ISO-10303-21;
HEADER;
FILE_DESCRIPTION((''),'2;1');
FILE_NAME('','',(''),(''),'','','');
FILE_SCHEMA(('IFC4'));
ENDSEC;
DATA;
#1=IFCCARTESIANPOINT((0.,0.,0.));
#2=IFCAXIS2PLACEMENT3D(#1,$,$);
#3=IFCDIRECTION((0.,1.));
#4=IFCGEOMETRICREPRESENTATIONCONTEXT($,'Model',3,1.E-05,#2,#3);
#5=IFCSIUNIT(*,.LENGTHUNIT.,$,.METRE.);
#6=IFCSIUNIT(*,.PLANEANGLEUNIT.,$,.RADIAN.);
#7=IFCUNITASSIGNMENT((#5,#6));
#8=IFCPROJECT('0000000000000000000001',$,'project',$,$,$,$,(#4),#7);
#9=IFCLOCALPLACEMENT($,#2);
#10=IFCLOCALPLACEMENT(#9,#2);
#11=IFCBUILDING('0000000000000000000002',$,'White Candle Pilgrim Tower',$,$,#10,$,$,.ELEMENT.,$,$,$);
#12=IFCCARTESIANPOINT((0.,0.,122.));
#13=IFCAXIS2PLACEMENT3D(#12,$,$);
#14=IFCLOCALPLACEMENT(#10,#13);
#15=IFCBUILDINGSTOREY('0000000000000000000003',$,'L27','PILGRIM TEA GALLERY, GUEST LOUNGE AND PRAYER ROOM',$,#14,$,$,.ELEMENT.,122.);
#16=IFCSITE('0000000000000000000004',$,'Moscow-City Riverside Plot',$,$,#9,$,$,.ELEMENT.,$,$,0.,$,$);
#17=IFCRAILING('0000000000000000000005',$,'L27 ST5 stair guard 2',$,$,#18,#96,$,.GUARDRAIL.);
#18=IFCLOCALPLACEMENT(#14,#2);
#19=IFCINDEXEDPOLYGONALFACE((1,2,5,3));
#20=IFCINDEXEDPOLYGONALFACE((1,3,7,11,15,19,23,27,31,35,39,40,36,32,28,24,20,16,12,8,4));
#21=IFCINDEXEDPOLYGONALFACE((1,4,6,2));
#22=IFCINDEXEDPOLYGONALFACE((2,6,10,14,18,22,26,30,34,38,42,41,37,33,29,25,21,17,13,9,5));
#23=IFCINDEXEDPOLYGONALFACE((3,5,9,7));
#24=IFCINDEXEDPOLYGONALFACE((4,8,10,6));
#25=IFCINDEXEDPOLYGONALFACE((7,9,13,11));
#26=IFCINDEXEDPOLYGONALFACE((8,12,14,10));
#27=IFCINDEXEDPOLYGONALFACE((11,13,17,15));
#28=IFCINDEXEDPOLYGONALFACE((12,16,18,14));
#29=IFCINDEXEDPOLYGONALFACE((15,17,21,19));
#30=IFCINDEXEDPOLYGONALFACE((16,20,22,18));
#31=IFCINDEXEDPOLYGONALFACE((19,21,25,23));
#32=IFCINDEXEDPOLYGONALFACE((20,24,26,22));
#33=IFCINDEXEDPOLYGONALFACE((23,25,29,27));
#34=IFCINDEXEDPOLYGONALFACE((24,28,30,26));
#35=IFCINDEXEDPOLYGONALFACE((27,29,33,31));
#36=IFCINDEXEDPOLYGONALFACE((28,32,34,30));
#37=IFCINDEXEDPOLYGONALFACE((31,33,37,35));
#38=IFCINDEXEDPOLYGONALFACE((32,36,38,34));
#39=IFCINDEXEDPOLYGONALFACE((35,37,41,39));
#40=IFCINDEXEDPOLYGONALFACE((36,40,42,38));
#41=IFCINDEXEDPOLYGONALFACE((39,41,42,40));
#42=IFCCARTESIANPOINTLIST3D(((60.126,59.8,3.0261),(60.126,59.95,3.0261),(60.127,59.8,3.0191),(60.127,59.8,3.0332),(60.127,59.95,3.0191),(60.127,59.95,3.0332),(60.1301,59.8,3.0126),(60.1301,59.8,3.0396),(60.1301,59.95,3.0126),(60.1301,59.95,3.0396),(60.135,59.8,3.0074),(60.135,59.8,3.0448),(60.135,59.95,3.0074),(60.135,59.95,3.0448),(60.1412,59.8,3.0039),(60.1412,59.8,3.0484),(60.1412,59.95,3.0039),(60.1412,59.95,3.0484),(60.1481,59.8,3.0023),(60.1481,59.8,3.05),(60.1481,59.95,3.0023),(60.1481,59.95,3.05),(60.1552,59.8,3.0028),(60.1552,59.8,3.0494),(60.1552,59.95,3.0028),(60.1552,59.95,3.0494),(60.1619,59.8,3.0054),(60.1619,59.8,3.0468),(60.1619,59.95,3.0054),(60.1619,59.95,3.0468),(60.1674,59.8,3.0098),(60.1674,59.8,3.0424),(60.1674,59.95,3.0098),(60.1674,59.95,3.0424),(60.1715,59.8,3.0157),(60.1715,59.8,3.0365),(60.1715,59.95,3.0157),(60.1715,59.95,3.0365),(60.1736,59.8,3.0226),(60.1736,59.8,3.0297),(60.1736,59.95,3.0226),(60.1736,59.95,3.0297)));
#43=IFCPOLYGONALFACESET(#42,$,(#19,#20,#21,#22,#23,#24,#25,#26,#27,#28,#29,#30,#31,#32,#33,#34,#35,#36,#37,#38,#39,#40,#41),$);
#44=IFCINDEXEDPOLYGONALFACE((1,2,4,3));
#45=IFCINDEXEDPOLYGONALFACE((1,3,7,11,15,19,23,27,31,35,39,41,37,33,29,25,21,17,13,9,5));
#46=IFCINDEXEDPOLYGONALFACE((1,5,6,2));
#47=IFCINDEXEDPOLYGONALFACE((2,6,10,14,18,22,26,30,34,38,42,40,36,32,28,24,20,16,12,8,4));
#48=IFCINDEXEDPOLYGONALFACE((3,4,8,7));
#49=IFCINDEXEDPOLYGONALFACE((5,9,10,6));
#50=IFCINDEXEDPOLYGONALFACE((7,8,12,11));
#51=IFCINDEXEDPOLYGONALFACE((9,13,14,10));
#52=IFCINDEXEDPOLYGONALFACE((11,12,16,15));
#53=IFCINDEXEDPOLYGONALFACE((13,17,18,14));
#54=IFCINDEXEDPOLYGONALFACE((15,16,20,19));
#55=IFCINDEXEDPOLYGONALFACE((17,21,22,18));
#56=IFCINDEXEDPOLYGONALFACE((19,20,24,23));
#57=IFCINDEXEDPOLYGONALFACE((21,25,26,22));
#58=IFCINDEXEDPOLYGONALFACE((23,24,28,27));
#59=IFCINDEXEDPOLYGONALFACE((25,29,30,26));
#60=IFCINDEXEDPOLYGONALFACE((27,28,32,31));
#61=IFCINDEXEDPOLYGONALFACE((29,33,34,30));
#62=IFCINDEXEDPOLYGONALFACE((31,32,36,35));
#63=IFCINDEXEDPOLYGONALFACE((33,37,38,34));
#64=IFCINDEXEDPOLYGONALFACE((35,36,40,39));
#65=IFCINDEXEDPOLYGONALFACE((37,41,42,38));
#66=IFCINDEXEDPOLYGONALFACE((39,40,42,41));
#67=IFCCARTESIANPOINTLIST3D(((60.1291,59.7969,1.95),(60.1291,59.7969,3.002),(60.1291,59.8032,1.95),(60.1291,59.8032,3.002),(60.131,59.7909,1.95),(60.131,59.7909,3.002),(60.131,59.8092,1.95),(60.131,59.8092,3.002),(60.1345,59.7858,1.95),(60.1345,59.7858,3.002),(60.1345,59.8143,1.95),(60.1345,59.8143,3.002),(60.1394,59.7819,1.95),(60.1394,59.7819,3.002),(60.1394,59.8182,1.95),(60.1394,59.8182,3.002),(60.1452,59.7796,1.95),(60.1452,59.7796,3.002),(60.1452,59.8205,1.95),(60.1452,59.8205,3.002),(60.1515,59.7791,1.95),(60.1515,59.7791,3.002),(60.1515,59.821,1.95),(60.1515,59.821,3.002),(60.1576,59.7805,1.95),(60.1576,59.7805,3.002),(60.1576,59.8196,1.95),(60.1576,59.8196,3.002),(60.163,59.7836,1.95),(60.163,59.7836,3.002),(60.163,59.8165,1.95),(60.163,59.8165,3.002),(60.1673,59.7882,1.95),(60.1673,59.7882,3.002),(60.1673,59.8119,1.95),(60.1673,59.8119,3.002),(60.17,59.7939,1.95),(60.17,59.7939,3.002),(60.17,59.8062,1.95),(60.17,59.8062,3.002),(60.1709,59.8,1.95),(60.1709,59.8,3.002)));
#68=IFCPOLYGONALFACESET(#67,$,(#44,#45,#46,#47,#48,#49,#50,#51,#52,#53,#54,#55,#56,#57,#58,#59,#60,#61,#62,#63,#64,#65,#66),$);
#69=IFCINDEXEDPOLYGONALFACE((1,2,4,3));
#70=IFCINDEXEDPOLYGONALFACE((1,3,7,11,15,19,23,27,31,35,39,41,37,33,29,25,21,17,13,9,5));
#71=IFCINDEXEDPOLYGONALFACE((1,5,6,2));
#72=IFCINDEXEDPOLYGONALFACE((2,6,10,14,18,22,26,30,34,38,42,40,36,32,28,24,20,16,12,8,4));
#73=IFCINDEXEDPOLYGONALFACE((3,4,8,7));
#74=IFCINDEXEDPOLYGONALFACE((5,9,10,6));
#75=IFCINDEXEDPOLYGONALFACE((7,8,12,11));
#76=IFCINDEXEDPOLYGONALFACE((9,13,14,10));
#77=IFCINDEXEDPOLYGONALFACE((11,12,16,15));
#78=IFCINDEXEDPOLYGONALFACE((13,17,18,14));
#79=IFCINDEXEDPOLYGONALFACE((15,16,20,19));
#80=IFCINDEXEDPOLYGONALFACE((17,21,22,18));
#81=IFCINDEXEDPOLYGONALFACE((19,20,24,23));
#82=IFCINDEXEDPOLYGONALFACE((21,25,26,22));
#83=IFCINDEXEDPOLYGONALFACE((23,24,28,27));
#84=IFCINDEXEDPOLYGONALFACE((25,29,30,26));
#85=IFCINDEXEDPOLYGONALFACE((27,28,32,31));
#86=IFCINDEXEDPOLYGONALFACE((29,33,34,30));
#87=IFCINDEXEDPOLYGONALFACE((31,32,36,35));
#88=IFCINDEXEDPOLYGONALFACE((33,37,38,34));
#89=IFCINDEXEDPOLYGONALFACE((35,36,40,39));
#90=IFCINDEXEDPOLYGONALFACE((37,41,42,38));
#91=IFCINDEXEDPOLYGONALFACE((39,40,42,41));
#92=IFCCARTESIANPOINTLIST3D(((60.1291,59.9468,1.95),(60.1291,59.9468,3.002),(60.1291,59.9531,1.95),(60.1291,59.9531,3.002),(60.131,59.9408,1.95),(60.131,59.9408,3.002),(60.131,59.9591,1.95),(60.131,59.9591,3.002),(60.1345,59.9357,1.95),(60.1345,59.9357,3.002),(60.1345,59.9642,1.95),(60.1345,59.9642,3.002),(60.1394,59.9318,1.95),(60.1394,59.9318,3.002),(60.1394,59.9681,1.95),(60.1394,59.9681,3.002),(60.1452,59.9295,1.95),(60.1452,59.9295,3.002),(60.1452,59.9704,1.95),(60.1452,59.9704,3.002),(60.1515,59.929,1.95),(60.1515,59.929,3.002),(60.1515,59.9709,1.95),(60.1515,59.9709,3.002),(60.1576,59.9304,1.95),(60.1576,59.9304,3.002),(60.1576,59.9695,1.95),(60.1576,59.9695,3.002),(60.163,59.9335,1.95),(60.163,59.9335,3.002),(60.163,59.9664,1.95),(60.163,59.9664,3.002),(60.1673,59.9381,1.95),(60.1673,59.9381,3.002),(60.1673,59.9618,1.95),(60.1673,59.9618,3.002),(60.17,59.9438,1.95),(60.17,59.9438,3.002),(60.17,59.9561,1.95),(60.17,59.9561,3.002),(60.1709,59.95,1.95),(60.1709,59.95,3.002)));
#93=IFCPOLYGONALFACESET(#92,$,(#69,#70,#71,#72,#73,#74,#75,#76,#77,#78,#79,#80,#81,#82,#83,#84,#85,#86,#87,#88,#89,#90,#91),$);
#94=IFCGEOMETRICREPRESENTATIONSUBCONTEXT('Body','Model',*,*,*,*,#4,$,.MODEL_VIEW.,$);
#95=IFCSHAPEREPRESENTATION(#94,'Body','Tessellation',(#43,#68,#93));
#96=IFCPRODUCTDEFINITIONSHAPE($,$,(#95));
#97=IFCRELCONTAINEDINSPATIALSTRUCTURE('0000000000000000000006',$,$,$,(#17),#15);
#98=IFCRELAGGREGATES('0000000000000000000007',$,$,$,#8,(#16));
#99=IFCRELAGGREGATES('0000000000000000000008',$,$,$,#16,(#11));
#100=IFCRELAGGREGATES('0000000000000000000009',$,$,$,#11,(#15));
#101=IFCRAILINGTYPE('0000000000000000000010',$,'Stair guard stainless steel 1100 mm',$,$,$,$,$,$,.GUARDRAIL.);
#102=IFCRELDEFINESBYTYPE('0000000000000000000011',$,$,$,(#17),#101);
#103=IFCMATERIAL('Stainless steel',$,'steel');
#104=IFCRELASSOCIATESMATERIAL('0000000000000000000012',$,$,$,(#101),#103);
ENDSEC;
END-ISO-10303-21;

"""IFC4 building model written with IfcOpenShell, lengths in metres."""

from ifc_helpers import new_model, si_unit, direction, frame, origin, origin_2d, place, context, subcontext, project, spatial, circle, extrude, material, type_object, element, save


model = new_model("IFC4")

# Units and contexts
model_context = context("Model", 3, precision=1e-05, world=origin(), true_north=direction((0.0, 1.0)))
body_context = subcontext(model_context, "Body", "Model", "MODEL_VIEW")
ifc_project = project(units=[si_unit("LENGTHUNIT", "METRE"), si_unit("PLANEANGLEUNIT", "RADIAN")], contexts=[model_context])

# Site, building, storey
site_placement = place(None, origin())
site = spatial("IfcSite", under=ifc_project, at=site_placement, Name="Moscow-City Riverside Plot", CompositionType="ELEMENT", RefElevation=0.0)
building_placement = place(site_placement, origin())
building = spatial("IfcBuilding", under=site, at=building_placement, Name="White Candle Pilgrim Tower", CompositionType="ELEMENT")
storey_placement = place(building_placement, frame((0.0, 0.0, 122.0)))
storey = spatial("IfcBuildingStorey", under=building, at=storey_placement, Name="L27", Description="PILGRIM TEA GALLERY, GUEST LOUNGE AND PRAYER ROOM", CompositionType="ELEMENT", Elevation=122.0)

# Railing
ifc_material_1 = material(Name="Stainless steel", Category="steel")
railing_type_1 = type_object("IfcRailingType", Name="Stair guard stainless steel 1100 mm", PredefinedType="GUARDRAIL", material=ifc_material_1)
railing_1_placement = place(storey_placement, frame((60.1499, 59.8, 1.95)))
element("IfcRailing", 1, at=railing_1_placement, inside=storey, type_object=railing_type_1, Name="L27 ST5 stair guard 2", PredefinedType="GUARDRAIL", context=body_context, shape_type="SweptSolid", body=[
    extrude(circle(Radius=0.0239, at=origin_2d()), frame((0.0, 0.0, 1.0762), z_axis=(0.0, 1.0, 0.0), x_axis=(-1.0, 0.0, 0.0)), (0.0, 0.0, 1.0), 0.1499),
    extrude(circle(Radius=0.021, at=origin_2d()), origin(), (0.0, 0.0, 1.0), 1.052),
    extrude(circle(Radius=0.021, at=origin_2d()), frame((0.0, 0.1499, 0.0)), (0.0, 0.0, 1.0), 1.052),
])

save(model, "model.ifc")
